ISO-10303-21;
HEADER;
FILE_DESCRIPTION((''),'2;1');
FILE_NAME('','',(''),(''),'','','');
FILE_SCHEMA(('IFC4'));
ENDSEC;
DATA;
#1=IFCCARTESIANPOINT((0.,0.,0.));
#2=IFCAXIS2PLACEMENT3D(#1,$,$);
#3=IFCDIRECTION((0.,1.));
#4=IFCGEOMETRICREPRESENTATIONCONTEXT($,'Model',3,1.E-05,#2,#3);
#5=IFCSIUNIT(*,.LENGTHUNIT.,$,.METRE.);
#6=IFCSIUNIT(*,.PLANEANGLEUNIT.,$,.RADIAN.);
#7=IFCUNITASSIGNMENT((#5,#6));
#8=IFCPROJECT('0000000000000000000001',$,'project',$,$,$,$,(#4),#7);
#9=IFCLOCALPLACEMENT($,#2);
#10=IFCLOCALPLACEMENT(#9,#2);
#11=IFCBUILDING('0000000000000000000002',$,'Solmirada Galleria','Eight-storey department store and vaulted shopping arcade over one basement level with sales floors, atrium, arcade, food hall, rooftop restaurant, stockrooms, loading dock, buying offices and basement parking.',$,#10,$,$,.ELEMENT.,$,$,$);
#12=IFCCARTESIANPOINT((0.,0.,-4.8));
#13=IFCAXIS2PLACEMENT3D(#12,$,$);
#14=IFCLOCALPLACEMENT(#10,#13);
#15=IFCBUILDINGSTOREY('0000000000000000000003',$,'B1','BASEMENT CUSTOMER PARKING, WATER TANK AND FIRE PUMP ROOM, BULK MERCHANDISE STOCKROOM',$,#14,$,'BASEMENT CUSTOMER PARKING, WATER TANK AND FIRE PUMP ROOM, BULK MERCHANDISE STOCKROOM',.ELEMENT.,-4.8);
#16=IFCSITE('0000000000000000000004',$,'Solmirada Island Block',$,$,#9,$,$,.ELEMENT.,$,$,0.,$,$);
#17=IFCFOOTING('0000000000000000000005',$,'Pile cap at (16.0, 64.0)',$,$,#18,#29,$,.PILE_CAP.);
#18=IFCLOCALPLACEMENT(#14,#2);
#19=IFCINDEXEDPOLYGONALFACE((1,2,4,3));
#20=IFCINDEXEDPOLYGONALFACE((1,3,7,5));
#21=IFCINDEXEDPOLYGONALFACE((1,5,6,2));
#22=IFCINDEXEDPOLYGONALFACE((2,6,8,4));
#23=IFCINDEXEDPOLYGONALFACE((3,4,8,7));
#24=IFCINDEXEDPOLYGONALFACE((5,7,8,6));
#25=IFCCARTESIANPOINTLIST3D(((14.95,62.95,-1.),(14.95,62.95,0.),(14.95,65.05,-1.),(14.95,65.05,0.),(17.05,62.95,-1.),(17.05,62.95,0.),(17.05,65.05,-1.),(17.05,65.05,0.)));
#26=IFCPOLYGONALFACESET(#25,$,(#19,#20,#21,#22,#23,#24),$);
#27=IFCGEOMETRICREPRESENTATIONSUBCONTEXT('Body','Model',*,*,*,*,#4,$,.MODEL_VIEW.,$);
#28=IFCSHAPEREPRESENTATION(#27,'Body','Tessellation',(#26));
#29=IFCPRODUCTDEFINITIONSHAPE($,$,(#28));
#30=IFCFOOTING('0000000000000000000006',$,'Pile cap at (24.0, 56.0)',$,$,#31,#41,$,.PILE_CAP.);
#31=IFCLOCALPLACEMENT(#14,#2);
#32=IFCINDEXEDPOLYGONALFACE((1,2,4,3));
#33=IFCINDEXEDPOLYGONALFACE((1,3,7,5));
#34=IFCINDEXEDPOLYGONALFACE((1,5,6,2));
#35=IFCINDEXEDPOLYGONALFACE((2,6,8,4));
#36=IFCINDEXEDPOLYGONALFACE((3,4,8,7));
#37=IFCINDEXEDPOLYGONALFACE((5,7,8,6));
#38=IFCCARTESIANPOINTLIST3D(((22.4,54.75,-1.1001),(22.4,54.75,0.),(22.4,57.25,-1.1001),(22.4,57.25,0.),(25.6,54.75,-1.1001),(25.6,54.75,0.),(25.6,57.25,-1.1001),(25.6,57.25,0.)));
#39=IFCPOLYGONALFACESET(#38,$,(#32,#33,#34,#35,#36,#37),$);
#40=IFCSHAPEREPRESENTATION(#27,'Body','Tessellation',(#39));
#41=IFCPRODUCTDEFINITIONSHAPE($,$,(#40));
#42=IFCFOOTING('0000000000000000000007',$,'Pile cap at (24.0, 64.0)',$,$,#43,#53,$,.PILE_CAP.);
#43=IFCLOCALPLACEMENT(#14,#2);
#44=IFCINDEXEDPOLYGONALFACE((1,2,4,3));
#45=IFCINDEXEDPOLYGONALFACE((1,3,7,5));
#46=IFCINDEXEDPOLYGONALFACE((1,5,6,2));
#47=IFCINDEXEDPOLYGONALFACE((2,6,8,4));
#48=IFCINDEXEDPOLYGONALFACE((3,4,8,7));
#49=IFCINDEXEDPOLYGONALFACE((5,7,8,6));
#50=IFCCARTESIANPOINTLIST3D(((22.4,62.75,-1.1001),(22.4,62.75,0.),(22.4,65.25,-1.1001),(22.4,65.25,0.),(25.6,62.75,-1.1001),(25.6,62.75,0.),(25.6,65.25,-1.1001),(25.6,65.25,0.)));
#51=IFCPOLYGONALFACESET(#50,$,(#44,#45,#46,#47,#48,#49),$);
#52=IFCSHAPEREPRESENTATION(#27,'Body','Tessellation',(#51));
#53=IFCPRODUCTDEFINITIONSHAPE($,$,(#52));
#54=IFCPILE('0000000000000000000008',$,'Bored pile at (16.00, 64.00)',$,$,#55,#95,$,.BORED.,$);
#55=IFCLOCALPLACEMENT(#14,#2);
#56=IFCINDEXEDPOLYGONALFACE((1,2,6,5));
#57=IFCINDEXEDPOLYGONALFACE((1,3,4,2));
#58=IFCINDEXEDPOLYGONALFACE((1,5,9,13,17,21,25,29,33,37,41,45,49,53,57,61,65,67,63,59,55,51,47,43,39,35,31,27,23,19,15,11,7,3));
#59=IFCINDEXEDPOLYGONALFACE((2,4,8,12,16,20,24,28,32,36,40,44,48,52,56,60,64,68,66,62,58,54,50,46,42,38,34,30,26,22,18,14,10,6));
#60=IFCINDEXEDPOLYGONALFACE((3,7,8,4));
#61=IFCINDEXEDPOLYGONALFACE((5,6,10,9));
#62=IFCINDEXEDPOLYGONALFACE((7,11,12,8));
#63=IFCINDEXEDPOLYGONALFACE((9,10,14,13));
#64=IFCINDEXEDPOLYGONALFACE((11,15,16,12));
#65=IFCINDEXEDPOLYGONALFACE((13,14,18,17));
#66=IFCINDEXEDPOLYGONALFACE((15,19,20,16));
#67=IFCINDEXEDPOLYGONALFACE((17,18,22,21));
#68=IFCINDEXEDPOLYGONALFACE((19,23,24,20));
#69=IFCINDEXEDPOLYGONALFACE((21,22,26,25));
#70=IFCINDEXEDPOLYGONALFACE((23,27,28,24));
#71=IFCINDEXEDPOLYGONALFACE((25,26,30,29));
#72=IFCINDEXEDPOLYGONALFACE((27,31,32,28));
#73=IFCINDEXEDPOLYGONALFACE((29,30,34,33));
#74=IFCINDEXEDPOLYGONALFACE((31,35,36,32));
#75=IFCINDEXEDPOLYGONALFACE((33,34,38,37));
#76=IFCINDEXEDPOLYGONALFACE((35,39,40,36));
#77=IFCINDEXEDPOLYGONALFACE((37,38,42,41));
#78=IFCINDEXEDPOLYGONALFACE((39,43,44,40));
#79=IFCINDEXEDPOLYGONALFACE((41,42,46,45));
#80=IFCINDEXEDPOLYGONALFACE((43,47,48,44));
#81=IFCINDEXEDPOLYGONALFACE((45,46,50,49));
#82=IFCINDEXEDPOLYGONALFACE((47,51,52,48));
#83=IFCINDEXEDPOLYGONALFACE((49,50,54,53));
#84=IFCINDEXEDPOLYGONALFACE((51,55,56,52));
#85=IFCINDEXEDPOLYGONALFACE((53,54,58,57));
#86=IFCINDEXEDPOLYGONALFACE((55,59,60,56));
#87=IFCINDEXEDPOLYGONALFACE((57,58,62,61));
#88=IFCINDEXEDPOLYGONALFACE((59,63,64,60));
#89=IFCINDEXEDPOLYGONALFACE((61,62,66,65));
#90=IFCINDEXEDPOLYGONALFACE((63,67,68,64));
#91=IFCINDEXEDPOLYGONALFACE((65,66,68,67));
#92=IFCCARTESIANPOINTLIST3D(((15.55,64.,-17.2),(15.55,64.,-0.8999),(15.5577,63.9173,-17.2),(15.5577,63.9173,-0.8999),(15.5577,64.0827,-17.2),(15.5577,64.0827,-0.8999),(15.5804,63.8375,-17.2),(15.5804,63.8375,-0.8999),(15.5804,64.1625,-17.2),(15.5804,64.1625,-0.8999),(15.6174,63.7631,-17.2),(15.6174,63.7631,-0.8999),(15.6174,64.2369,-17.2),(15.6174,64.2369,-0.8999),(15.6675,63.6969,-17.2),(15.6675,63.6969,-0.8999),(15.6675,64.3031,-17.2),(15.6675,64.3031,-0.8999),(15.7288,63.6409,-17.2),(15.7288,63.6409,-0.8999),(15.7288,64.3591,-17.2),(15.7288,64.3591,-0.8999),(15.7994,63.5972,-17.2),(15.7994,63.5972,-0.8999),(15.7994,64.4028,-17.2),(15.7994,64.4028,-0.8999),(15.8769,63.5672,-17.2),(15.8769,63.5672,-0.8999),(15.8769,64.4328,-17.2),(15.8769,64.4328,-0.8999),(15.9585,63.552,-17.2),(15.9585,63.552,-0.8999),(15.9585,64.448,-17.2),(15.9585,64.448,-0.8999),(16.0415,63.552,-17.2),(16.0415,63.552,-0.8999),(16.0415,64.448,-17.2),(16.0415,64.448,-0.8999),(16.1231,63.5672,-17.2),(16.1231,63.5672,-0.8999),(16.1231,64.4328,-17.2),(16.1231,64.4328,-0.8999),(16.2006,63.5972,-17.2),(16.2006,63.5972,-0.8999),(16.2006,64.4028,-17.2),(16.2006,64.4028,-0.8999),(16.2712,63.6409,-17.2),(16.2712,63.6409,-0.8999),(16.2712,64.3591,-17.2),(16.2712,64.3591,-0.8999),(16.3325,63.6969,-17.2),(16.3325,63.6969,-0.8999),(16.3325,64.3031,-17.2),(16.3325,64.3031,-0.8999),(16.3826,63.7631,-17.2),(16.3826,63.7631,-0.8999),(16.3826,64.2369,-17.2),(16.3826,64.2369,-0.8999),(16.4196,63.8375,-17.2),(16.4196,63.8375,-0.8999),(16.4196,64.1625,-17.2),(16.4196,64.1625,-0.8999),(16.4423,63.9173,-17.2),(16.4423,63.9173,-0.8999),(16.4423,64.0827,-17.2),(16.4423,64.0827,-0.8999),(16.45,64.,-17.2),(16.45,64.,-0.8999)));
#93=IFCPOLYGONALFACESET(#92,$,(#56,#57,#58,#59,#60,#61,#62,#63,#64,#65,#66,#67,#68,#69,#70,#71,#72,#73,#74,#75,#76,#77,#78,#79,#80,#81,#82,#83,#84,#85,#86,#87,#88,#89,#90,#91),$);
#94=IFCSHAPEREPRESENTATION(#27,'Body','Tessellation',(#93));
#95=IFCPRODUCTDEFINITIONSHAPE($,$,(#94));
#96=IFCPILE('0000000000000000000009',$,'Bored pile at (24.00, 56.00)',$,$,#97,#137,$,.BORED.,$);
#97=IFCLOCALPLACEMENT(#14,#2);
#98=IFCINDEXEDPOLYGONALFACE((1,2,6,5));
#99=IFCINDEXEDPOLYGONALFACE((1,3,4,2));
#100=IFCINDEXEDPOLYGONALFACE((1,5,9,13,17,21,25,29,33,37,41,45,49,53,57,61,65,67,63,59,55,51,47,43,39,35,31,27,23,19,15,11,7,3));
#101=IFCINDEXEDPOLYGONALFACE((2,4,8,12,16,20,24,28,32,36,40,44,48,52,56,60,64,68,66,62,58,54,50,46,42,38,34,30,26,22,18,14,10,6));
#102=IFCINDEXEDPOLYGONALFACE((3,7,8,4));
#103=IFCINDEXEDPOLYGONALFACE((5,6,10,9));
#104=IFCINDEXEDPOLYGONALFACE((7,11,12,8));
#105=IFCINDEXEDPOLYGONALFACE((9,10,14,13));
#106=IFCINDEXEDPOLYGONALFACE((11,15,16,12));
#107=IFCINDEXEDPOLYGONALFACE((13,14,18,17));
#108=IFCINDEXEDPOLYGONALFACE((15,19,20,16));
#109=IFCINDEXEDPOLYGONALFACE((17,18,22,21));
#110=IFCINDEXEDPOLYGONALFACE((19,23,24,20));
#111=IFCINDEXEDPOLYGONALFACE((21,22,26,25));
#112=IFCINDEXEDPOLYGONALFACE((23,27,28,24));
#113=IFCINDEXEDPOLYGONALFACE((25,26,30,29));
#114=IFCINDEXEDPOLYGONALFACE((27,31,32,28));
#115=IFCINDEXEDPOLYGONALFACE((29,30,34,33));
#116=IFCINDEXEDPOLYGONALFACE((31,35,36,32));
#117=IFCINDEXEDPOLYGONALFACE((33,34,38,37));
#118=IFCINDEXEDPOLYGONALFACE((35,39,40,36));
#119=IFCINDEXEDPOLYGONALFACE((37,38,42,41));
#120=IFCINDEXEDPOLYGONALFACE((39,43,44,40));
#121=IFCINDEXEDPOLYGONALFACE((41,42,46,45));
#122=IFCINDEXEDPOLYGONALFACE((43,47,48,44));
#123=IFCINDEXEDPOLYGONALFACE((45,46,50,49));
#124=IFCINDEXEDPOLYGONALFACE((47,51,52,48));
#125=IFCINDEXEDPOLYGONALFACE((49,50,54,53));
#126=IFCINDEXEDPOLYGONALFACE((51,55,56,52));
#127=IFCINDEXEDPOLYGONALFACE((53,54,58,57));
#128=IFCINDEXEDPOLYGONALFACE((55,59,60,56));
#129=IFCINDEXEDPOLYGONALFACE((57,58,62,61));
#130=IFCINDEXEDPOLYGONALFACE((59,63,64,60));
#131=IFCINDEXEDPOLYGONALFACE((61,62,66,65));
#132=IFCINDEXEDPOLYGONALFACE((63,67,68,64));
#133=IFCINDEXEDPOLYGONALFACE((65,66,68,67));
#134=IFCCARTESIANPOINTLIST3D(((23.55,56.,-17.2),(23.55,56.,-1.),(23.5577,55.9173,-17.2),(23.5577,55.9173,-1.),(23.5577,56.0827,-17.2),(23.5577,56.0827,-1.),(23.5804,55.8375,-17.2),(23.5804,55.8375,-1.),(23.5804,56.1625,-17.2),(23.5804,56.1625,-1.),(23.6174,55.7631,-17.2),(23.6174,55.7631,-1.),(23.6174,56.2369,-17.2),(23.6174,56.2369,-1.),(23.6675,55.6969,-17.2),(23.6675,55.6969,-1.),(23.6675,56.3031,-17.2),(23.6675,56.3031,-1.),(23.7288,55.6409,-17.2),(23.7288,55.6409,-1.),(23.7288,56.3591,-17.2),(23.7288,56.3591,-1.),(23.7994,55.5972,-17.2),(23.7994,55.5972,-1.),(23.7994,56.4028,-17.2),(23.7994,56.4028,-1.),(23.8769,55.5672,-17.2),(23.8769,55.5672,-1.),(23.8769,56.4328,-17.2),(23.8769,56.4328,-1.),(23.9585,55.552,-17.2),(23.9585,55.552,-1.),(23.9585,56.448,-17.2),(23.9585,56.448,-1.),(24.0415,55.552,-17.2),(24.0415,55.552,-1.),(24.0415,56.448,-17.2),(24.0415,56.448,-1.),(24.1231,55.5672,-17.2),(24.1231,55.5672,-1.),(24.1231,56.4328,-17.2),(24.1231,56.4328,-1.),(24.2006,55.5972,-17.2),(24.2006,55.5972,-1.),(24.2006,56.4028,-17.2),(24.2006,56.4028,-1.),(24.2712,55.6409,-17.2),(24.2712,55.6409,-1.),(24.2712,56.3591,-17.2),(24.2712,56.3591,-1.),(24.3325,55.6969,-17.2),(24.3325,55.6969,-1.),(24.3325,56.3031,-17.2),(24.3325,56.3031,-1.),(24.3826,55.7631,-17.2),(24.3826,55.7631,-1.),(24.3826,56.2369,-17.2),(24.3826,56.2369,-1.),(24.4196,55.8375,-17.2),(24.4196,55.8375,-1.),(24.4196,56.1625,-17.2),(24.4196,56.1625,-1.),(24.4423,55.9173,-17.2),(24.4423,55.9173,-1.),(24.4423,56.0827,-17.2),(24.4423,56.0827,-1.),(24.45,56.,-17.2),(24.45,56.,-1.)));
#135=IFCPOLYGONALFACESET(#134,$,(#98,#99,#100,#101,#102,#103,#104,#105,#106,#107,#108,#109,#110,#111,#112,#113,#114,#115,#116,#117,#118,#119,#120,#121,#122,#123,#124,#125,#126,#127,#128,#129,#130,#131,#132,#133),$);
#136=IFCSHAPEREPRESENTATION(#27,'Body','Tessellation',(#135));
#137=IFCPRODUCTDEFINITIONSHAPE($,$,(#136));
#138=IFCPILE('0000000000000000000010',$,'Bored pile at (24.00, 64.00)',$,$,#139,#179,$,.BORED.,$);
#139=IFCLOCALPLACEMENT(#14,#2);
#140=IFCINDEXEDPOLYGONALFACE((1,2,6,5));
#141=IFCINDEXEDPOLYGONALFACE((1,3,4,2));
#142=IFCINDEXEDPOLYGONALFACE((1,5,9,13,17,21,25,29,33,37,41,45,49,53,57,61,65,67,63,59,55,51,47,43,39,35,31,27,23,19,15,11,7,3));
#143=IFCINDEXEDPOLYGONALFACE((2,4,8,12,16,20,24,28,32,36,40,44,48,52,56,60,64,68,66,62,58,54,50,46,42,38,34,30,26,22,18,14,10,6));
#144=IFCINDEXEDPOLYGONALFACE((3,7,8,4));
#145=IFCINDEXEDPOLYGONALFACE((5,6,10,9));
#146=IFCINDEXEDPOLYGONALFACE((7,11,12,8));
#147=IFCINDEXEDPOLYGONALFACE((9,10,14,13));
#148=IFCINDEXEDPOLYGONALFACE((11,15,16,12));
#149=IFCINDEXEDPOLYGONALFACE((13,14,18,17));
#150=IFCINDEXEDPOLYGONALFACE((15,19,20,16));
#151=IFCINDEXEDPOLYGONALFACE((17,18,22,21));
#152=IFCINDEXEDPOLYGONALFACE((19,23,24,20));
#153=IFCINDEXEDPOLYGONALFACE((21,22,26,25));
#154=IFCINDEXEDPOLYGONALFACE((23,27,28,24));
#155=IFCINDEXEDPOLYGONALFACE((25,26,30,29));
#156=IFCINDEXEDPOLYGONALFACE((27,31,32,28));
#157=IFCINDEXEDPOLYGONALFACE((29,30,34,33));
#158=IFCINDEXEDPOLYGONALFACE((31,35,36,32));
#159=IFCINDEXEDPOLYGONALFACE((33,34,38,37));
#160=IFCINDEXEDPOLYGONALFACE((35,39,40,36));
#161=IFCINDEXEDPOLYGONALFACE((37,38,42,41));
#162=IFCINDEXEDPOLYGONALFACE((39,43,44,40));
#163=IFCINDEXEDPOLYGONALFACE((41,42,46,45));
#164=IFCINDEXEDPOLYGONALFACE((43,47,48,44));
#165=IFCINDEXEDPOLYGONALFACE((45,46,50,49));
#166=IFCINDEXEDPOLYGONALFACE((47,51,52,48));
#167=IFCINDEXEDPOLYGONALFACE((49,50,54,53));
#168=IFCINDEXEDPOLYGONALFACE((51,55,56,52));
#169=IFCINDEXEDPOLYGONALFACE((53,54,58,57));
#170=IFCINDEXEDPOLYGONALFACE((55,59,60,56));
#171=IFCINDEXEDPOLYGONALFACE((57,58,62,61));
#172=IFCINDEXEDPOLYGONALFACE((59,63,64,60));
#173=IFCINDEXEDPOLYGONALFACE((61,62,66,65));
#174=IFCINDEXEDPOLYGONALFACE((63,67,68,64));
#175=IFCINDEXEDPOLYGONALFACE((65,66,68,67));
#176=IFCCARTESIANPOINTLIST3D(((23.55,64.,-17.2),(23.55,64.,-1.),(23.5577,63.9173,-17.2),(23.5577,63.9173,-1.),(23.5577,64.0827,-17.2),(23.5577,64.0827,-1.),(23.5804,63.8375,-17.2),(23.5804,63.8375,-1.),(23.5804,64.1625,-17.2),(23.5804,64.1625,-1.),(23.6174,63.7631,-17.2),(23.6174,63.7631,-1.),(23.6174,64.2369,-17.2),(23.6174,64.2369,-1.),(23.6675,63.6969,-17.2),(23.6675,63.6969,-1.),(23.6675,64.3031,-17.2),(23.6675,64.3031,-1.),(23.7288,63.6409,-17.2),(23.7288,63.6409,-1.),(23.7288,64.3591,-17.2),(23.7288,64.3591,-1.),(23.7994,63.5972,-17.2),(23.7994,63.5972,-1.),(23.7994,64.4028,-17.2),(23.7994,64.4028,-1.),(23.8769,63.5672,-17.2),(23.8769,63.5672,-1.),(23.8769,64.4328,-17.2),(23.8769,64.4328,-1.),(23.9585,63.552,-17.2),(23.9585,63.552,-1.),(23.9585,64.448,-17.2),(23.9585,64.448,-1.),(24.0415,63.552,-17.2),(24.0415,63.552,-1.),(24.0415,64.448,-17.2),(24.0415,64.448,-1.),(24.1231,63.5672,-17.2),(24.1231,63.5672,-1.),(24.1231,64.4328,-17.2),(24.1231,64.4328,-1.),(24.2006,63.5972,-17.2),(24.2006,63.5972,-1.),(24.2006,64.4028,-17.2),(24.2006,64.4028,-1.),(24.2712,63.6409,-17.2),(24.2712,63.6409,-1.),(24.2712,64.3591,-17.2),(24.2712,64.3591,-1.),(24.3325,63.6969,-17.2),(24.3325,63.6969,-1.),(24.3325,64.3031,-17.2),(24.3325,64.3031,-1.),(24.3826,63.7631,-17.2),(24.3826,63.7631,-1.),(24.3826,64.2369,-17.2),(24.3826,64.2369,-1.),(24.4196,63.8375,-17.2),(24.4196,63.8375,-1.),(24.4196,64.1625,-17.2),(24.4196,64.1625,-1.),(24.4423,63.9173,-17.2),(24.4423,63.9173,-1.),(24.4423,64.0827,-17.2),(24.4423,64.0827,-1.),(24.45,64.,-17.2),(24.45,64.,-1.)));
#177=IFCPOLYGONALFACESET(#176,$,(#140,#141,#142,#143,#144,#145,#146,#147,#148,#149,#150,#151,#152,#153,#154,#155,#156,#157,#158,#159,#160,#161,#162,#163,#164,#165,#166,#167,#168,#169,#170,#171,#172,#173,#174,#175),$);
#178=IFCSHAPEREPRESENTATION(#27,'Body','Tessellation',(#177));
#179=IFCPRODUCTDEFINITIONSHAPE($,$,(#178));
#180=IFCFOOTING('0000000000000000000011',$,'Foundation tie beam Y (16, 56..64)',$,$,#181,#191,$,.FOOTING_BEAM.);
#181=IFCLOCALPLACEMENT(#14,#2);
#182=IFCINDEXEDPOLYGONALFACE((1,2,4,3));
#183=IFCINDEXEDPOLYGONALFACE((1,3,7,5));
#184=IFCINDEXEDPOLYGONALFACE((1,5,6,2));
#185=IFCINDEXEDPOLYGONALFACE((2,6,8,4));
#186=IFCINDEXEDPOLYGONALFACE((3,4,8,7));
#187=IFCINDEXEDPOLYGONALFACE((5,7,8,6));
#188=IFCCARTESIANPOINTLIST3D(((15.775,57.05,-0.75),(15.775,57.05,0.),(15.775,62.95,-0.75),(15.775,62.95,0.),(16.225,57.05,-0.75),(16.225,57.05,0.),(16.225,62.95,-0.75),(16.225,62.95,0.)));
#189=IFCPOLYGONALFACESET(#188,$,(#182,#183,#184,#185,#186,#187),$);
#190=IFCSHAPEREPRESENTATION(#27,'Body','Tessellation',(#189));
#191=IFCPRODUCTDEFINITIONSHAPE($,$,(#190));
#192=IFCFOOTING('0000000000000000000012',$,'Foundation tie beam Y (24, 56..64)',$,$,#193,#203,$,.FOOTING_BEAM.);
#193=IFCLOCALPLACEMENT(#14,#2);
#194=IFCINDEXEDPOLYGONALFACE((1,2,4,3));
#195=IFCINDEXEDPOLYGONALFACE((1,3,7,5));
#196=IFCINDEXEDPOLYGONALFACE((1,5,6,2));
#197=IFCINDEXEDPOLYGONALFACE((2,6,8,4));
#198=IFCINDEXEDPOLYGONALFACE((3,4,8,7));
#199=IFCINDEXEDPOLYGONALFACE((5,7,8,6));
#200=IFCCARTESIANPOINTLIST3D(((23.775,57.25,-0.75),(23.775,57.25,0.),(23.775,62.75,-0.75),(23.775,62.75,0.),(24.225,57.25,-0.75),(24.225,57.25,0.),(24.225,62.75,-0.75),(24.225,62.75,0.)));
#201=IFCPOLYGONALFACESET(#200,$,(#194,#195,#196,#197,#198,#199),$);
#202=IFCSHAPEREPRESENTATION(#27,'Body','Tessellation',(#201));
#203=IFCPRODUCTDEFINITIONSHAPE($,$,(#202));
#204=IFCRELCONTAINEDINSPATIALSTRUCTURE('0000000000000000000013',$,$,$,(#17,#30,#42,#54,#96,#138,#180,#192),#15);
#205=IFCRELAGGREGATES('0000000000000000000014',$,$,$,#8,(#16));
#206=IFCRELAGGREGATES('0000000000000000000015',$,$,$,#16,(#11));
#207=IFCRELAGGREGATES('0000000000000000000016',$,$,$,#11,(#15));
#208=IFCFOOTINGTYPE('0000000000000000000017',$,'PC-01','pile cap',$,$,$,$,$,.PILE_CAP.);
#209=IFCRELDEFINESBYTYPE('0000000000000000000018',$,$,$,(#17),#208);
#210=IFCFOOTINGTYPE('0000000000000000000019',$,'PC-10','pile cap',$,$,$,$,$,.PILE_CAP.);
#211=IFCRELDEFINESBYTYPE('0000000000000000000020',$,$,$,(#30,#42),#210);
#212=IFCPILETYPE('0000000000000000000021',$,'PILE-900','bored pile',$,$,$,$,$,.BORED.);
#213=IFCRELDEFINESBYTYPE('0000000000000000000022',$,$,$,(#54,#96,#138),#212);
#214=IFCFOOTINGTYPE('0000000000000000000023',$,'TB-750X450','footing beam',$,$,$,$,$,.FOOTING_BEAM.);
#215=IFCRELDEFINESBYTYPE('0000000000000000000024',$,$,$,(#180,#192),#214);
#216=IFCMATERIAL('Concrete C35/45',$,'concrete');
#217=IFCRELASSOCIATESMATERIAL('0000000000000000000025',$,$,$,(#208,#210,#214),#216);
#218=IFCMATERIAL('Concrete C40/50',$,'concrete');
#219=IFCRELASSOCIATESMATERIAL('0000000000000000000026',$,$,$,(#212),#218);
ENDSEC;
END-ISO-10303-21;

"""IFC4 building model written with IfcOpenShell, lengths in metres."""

from ifc_helpers import new_model, si_unit, direction, frame, origin, origin_2d, place, context, subcontext, project, spatial, rectangle, circle, extrude, material, material_profile, profile_set, type_object, element, save


model = new_model("IFC4")

# Units and contexts
model_context = context("Model", 3, precision=1e-05, world=origin(), true_north=direction((0.0, 1.0)))
body_context = subcontext(model_context, "Body", "Model", "MODEL_VIEW")
ifc_project = project(units=[si_unit("LENGTHUNIT", "METRE"), si_unit("PLANEANGLEUNIT", "RADIAN")], contexts=[model_context])

# Site, building, storey
site_placement = place(None, origin())
site = spatial("IfcSite", under=ifc_project, at=site_placement, Name="Solmirada Island Block", CompositionType="ELEMENT", RefElevation=0.0)
building_placement = place(site_placement, origin())
building = spatial("IfcBuilding", under=site, at=building_placement, Name="Solmirada Galleria", Description="Eight-storey department store and vaulted shopping arcade over one basement level with sales floors, atrium, arcade, food hall, rooftop restaurant, stockrooms, loading dock, buying offices and basement parking.", CompositionType="ELEMENT")
storey_placement = place(building_placement, frame((0.0, 0.0, -4.8)))
storey = spatial("IfcBuildingStorey", under=building, at=storey_placement, Name="B1", Description="BASEMENT CUSTOMER PARKING, WATER TANK AND FIRE PUMP ROOM, BULK MERCHANDISE STOCKROOM", LongName="BASEMENT CUSTOMER PARKING, WATER TANK AND FIRE PUMP ROOM, BULK MERCHANDISE STOCKROOM", CompositionType="ELEMENT", Elevation=-4.8)

# Footings
ifc_material_1 = material(Name="Concrete C35/45", Category="concrete")
footing_type_1 = type_object("IfcFootingType", Name="PC-01", Description="pile cap", PredefinedType="PILE_CAP", material=ifc_material_1)
footing_1_placement = place(storey_placement, frame((16.0, 64.0, -1.0), z_axis=(0.0, 0.0, 1.0), x_axis=(1.0, 0.0, 0.0)))
element("IfcFooting", 1, at=footing_1_placement, inside=storey, type_object=footing_type_1, Name="Pile cap at (16.0, 64.0)", PredefinedType="PILE_CAP", context=body_context, shape_type="SweptSolid", body=[
    extrude(rectangle(XDim=2.1001, YDim=2.1001, at=origin_2d()), origin(), (0.0, 0.0, 1.0), 1.0),
])
footing_type_2 = type_object("IfcFootingType", Name="PC-10", Description="pile cap", PredefinedType="PILE_CAP", material=ifc_material_1)
for number, where, z_axis, x_axis, name in (
    (2, (24.0, 56.0, -1.1001), (0.0, 0.0, 1.0), (1.0, 0.0, 0.0), "Pile cap at (24.0, 56.0)"),
    (3, (24.0, 64.0, -1.1001), (0.0, 0.0, 1.0), (1.0, 0.0, 0.0), "Pile cap at (24.0, 64.0)"),
):
    element("IfcFooting", number, at=place(storey_placement, frame(where, z_axis=z_axis, x_axis=x_axis)), inside=storey, type_object=footing_type_2, Name=name, PredefinedType="PILE_CAP", context=body_context, shape_type="SweptSolid", body=[
        extrude(rectangle(XDim=3.2, YDim=2.5, at=origin_2d()), origin(), (0.0, 0.0, 1.0), 1.1001),
    ])

# Piles
ifc_material_2 = material(Name="Concrete C40/50", Category="concrete")
ifc_material_profile_1 = material_profile(ifc_material_2, circle(Radius=0.45, at=origin_2d()), Name="PILE900")
ifc_profile_set_1 = profile_set([ifc_material_profile_1], Name="Concrete C40/50")
pile_type = type_object("IfcPileType", Name="PILE-900", Description="bored pile", PredefinedType="BORED", material=ifc_profile_set_1)
pile_placement = place(storey_placement, frame((16.0, 64.0, -0.8999), z_axis=(0.0, 0.0, -1.0), x_axis=(1.0, 0.0, 0.0)))
element("IfcPile", 4, at=pile_placement, inside=storey, type_object=pile_type, Name="Bored pile at (16.00, 64.00)", PredefinedType="BORED", context=body_context, shape_type="SweptSolid", body=[
    extrude(circle(Radius=0.45, at=origin_2d()), origin(), (0.0, 0.0, 1.0), 16.3),
])
for number, where, z_axis, x_axis, name in (
    (5, (24.0, 56.0, -1.0), (0.0, 0.0, -1.0), (1.0, 0.0, 0.0), "Bored pile at (24.00, 56.00)"),
    (6, (24.0, 64.0, -1.0), (0.0, 0.0, -1.0), (1.0, 0.0, 0.0), "Bored pile at (24.00, 64.00)"),
):
    element("IfcPile", number, at=place(storey_placement, frame(where, z_axis=z_axis, x_axis=x_axis)), inside=storey, type_object=pile_type, Name=name, PredefinedType="BORED", context=body_context, shape_type="SweptSolid", body=[
        extrude(circle(Radius=0.45, at=origin_2d()), origin(), (0.0, 0.0, 1.0), 16.2),
    ])

# Footings
ifc_material_profile_2 = material_profile(ifc_material_1, rectangle(XDim=0.45, YDim=0.75, at=origin_2d()), Name="RC750X450")
ifc_profile_set_2 = profile_set([ifc_material_profile_2], Name="Concrete C35/45")
footing_type_3 = type_object("IfcFootingType", Name="TB-750X450", Description="footing beam", PredefinedType="FOOTING_BEAM", material=ifc_profile_set_2)
footing_2_placement = place(storey_placement, frame((16.0, 57.05, -0.375), z_axis=(0.0, 1.0, 0.0), x_axis=(-1.0, 0.0, 0.0)))
element("IfcFooting", 7, at=footing_2_placement, inside=storey, type_object=footing_type_3, Name="Foundation tie beam Y (16, 56..64)", PredefinedType="FOOTING_BEAM", context=body_context, shape_type="SweptSolid", body=[
    extrude(rectangle(XDim=0.45, YDim=0.75, at=origin_2d()), origin(), (0.0, 0.0, 1.0), 5.8999),
])
footing_3_placement = place(storey_placement, frame((24.0, 57.25, -0.375), z_axis=(0.0, 1.0, 0.0), x_axis=(-1.0, 0.0, 0.0)))
element("IfcFooting", 8, at=footing_3_placement, inside=storey, type_object=footing_type_3, Name="Foundation tie beam Y (24, 56..64)", PredefinedType="FOOTING_BEAM", context=body_context, shape_type="SweptSolid", body=[
    extrude(rectangle(XDim=0.45, YDim=0.75, at=origin_2d()), origin(), (0.0, 0.0, 1.0), 5.5),
])

save(model, "model.ifc")
